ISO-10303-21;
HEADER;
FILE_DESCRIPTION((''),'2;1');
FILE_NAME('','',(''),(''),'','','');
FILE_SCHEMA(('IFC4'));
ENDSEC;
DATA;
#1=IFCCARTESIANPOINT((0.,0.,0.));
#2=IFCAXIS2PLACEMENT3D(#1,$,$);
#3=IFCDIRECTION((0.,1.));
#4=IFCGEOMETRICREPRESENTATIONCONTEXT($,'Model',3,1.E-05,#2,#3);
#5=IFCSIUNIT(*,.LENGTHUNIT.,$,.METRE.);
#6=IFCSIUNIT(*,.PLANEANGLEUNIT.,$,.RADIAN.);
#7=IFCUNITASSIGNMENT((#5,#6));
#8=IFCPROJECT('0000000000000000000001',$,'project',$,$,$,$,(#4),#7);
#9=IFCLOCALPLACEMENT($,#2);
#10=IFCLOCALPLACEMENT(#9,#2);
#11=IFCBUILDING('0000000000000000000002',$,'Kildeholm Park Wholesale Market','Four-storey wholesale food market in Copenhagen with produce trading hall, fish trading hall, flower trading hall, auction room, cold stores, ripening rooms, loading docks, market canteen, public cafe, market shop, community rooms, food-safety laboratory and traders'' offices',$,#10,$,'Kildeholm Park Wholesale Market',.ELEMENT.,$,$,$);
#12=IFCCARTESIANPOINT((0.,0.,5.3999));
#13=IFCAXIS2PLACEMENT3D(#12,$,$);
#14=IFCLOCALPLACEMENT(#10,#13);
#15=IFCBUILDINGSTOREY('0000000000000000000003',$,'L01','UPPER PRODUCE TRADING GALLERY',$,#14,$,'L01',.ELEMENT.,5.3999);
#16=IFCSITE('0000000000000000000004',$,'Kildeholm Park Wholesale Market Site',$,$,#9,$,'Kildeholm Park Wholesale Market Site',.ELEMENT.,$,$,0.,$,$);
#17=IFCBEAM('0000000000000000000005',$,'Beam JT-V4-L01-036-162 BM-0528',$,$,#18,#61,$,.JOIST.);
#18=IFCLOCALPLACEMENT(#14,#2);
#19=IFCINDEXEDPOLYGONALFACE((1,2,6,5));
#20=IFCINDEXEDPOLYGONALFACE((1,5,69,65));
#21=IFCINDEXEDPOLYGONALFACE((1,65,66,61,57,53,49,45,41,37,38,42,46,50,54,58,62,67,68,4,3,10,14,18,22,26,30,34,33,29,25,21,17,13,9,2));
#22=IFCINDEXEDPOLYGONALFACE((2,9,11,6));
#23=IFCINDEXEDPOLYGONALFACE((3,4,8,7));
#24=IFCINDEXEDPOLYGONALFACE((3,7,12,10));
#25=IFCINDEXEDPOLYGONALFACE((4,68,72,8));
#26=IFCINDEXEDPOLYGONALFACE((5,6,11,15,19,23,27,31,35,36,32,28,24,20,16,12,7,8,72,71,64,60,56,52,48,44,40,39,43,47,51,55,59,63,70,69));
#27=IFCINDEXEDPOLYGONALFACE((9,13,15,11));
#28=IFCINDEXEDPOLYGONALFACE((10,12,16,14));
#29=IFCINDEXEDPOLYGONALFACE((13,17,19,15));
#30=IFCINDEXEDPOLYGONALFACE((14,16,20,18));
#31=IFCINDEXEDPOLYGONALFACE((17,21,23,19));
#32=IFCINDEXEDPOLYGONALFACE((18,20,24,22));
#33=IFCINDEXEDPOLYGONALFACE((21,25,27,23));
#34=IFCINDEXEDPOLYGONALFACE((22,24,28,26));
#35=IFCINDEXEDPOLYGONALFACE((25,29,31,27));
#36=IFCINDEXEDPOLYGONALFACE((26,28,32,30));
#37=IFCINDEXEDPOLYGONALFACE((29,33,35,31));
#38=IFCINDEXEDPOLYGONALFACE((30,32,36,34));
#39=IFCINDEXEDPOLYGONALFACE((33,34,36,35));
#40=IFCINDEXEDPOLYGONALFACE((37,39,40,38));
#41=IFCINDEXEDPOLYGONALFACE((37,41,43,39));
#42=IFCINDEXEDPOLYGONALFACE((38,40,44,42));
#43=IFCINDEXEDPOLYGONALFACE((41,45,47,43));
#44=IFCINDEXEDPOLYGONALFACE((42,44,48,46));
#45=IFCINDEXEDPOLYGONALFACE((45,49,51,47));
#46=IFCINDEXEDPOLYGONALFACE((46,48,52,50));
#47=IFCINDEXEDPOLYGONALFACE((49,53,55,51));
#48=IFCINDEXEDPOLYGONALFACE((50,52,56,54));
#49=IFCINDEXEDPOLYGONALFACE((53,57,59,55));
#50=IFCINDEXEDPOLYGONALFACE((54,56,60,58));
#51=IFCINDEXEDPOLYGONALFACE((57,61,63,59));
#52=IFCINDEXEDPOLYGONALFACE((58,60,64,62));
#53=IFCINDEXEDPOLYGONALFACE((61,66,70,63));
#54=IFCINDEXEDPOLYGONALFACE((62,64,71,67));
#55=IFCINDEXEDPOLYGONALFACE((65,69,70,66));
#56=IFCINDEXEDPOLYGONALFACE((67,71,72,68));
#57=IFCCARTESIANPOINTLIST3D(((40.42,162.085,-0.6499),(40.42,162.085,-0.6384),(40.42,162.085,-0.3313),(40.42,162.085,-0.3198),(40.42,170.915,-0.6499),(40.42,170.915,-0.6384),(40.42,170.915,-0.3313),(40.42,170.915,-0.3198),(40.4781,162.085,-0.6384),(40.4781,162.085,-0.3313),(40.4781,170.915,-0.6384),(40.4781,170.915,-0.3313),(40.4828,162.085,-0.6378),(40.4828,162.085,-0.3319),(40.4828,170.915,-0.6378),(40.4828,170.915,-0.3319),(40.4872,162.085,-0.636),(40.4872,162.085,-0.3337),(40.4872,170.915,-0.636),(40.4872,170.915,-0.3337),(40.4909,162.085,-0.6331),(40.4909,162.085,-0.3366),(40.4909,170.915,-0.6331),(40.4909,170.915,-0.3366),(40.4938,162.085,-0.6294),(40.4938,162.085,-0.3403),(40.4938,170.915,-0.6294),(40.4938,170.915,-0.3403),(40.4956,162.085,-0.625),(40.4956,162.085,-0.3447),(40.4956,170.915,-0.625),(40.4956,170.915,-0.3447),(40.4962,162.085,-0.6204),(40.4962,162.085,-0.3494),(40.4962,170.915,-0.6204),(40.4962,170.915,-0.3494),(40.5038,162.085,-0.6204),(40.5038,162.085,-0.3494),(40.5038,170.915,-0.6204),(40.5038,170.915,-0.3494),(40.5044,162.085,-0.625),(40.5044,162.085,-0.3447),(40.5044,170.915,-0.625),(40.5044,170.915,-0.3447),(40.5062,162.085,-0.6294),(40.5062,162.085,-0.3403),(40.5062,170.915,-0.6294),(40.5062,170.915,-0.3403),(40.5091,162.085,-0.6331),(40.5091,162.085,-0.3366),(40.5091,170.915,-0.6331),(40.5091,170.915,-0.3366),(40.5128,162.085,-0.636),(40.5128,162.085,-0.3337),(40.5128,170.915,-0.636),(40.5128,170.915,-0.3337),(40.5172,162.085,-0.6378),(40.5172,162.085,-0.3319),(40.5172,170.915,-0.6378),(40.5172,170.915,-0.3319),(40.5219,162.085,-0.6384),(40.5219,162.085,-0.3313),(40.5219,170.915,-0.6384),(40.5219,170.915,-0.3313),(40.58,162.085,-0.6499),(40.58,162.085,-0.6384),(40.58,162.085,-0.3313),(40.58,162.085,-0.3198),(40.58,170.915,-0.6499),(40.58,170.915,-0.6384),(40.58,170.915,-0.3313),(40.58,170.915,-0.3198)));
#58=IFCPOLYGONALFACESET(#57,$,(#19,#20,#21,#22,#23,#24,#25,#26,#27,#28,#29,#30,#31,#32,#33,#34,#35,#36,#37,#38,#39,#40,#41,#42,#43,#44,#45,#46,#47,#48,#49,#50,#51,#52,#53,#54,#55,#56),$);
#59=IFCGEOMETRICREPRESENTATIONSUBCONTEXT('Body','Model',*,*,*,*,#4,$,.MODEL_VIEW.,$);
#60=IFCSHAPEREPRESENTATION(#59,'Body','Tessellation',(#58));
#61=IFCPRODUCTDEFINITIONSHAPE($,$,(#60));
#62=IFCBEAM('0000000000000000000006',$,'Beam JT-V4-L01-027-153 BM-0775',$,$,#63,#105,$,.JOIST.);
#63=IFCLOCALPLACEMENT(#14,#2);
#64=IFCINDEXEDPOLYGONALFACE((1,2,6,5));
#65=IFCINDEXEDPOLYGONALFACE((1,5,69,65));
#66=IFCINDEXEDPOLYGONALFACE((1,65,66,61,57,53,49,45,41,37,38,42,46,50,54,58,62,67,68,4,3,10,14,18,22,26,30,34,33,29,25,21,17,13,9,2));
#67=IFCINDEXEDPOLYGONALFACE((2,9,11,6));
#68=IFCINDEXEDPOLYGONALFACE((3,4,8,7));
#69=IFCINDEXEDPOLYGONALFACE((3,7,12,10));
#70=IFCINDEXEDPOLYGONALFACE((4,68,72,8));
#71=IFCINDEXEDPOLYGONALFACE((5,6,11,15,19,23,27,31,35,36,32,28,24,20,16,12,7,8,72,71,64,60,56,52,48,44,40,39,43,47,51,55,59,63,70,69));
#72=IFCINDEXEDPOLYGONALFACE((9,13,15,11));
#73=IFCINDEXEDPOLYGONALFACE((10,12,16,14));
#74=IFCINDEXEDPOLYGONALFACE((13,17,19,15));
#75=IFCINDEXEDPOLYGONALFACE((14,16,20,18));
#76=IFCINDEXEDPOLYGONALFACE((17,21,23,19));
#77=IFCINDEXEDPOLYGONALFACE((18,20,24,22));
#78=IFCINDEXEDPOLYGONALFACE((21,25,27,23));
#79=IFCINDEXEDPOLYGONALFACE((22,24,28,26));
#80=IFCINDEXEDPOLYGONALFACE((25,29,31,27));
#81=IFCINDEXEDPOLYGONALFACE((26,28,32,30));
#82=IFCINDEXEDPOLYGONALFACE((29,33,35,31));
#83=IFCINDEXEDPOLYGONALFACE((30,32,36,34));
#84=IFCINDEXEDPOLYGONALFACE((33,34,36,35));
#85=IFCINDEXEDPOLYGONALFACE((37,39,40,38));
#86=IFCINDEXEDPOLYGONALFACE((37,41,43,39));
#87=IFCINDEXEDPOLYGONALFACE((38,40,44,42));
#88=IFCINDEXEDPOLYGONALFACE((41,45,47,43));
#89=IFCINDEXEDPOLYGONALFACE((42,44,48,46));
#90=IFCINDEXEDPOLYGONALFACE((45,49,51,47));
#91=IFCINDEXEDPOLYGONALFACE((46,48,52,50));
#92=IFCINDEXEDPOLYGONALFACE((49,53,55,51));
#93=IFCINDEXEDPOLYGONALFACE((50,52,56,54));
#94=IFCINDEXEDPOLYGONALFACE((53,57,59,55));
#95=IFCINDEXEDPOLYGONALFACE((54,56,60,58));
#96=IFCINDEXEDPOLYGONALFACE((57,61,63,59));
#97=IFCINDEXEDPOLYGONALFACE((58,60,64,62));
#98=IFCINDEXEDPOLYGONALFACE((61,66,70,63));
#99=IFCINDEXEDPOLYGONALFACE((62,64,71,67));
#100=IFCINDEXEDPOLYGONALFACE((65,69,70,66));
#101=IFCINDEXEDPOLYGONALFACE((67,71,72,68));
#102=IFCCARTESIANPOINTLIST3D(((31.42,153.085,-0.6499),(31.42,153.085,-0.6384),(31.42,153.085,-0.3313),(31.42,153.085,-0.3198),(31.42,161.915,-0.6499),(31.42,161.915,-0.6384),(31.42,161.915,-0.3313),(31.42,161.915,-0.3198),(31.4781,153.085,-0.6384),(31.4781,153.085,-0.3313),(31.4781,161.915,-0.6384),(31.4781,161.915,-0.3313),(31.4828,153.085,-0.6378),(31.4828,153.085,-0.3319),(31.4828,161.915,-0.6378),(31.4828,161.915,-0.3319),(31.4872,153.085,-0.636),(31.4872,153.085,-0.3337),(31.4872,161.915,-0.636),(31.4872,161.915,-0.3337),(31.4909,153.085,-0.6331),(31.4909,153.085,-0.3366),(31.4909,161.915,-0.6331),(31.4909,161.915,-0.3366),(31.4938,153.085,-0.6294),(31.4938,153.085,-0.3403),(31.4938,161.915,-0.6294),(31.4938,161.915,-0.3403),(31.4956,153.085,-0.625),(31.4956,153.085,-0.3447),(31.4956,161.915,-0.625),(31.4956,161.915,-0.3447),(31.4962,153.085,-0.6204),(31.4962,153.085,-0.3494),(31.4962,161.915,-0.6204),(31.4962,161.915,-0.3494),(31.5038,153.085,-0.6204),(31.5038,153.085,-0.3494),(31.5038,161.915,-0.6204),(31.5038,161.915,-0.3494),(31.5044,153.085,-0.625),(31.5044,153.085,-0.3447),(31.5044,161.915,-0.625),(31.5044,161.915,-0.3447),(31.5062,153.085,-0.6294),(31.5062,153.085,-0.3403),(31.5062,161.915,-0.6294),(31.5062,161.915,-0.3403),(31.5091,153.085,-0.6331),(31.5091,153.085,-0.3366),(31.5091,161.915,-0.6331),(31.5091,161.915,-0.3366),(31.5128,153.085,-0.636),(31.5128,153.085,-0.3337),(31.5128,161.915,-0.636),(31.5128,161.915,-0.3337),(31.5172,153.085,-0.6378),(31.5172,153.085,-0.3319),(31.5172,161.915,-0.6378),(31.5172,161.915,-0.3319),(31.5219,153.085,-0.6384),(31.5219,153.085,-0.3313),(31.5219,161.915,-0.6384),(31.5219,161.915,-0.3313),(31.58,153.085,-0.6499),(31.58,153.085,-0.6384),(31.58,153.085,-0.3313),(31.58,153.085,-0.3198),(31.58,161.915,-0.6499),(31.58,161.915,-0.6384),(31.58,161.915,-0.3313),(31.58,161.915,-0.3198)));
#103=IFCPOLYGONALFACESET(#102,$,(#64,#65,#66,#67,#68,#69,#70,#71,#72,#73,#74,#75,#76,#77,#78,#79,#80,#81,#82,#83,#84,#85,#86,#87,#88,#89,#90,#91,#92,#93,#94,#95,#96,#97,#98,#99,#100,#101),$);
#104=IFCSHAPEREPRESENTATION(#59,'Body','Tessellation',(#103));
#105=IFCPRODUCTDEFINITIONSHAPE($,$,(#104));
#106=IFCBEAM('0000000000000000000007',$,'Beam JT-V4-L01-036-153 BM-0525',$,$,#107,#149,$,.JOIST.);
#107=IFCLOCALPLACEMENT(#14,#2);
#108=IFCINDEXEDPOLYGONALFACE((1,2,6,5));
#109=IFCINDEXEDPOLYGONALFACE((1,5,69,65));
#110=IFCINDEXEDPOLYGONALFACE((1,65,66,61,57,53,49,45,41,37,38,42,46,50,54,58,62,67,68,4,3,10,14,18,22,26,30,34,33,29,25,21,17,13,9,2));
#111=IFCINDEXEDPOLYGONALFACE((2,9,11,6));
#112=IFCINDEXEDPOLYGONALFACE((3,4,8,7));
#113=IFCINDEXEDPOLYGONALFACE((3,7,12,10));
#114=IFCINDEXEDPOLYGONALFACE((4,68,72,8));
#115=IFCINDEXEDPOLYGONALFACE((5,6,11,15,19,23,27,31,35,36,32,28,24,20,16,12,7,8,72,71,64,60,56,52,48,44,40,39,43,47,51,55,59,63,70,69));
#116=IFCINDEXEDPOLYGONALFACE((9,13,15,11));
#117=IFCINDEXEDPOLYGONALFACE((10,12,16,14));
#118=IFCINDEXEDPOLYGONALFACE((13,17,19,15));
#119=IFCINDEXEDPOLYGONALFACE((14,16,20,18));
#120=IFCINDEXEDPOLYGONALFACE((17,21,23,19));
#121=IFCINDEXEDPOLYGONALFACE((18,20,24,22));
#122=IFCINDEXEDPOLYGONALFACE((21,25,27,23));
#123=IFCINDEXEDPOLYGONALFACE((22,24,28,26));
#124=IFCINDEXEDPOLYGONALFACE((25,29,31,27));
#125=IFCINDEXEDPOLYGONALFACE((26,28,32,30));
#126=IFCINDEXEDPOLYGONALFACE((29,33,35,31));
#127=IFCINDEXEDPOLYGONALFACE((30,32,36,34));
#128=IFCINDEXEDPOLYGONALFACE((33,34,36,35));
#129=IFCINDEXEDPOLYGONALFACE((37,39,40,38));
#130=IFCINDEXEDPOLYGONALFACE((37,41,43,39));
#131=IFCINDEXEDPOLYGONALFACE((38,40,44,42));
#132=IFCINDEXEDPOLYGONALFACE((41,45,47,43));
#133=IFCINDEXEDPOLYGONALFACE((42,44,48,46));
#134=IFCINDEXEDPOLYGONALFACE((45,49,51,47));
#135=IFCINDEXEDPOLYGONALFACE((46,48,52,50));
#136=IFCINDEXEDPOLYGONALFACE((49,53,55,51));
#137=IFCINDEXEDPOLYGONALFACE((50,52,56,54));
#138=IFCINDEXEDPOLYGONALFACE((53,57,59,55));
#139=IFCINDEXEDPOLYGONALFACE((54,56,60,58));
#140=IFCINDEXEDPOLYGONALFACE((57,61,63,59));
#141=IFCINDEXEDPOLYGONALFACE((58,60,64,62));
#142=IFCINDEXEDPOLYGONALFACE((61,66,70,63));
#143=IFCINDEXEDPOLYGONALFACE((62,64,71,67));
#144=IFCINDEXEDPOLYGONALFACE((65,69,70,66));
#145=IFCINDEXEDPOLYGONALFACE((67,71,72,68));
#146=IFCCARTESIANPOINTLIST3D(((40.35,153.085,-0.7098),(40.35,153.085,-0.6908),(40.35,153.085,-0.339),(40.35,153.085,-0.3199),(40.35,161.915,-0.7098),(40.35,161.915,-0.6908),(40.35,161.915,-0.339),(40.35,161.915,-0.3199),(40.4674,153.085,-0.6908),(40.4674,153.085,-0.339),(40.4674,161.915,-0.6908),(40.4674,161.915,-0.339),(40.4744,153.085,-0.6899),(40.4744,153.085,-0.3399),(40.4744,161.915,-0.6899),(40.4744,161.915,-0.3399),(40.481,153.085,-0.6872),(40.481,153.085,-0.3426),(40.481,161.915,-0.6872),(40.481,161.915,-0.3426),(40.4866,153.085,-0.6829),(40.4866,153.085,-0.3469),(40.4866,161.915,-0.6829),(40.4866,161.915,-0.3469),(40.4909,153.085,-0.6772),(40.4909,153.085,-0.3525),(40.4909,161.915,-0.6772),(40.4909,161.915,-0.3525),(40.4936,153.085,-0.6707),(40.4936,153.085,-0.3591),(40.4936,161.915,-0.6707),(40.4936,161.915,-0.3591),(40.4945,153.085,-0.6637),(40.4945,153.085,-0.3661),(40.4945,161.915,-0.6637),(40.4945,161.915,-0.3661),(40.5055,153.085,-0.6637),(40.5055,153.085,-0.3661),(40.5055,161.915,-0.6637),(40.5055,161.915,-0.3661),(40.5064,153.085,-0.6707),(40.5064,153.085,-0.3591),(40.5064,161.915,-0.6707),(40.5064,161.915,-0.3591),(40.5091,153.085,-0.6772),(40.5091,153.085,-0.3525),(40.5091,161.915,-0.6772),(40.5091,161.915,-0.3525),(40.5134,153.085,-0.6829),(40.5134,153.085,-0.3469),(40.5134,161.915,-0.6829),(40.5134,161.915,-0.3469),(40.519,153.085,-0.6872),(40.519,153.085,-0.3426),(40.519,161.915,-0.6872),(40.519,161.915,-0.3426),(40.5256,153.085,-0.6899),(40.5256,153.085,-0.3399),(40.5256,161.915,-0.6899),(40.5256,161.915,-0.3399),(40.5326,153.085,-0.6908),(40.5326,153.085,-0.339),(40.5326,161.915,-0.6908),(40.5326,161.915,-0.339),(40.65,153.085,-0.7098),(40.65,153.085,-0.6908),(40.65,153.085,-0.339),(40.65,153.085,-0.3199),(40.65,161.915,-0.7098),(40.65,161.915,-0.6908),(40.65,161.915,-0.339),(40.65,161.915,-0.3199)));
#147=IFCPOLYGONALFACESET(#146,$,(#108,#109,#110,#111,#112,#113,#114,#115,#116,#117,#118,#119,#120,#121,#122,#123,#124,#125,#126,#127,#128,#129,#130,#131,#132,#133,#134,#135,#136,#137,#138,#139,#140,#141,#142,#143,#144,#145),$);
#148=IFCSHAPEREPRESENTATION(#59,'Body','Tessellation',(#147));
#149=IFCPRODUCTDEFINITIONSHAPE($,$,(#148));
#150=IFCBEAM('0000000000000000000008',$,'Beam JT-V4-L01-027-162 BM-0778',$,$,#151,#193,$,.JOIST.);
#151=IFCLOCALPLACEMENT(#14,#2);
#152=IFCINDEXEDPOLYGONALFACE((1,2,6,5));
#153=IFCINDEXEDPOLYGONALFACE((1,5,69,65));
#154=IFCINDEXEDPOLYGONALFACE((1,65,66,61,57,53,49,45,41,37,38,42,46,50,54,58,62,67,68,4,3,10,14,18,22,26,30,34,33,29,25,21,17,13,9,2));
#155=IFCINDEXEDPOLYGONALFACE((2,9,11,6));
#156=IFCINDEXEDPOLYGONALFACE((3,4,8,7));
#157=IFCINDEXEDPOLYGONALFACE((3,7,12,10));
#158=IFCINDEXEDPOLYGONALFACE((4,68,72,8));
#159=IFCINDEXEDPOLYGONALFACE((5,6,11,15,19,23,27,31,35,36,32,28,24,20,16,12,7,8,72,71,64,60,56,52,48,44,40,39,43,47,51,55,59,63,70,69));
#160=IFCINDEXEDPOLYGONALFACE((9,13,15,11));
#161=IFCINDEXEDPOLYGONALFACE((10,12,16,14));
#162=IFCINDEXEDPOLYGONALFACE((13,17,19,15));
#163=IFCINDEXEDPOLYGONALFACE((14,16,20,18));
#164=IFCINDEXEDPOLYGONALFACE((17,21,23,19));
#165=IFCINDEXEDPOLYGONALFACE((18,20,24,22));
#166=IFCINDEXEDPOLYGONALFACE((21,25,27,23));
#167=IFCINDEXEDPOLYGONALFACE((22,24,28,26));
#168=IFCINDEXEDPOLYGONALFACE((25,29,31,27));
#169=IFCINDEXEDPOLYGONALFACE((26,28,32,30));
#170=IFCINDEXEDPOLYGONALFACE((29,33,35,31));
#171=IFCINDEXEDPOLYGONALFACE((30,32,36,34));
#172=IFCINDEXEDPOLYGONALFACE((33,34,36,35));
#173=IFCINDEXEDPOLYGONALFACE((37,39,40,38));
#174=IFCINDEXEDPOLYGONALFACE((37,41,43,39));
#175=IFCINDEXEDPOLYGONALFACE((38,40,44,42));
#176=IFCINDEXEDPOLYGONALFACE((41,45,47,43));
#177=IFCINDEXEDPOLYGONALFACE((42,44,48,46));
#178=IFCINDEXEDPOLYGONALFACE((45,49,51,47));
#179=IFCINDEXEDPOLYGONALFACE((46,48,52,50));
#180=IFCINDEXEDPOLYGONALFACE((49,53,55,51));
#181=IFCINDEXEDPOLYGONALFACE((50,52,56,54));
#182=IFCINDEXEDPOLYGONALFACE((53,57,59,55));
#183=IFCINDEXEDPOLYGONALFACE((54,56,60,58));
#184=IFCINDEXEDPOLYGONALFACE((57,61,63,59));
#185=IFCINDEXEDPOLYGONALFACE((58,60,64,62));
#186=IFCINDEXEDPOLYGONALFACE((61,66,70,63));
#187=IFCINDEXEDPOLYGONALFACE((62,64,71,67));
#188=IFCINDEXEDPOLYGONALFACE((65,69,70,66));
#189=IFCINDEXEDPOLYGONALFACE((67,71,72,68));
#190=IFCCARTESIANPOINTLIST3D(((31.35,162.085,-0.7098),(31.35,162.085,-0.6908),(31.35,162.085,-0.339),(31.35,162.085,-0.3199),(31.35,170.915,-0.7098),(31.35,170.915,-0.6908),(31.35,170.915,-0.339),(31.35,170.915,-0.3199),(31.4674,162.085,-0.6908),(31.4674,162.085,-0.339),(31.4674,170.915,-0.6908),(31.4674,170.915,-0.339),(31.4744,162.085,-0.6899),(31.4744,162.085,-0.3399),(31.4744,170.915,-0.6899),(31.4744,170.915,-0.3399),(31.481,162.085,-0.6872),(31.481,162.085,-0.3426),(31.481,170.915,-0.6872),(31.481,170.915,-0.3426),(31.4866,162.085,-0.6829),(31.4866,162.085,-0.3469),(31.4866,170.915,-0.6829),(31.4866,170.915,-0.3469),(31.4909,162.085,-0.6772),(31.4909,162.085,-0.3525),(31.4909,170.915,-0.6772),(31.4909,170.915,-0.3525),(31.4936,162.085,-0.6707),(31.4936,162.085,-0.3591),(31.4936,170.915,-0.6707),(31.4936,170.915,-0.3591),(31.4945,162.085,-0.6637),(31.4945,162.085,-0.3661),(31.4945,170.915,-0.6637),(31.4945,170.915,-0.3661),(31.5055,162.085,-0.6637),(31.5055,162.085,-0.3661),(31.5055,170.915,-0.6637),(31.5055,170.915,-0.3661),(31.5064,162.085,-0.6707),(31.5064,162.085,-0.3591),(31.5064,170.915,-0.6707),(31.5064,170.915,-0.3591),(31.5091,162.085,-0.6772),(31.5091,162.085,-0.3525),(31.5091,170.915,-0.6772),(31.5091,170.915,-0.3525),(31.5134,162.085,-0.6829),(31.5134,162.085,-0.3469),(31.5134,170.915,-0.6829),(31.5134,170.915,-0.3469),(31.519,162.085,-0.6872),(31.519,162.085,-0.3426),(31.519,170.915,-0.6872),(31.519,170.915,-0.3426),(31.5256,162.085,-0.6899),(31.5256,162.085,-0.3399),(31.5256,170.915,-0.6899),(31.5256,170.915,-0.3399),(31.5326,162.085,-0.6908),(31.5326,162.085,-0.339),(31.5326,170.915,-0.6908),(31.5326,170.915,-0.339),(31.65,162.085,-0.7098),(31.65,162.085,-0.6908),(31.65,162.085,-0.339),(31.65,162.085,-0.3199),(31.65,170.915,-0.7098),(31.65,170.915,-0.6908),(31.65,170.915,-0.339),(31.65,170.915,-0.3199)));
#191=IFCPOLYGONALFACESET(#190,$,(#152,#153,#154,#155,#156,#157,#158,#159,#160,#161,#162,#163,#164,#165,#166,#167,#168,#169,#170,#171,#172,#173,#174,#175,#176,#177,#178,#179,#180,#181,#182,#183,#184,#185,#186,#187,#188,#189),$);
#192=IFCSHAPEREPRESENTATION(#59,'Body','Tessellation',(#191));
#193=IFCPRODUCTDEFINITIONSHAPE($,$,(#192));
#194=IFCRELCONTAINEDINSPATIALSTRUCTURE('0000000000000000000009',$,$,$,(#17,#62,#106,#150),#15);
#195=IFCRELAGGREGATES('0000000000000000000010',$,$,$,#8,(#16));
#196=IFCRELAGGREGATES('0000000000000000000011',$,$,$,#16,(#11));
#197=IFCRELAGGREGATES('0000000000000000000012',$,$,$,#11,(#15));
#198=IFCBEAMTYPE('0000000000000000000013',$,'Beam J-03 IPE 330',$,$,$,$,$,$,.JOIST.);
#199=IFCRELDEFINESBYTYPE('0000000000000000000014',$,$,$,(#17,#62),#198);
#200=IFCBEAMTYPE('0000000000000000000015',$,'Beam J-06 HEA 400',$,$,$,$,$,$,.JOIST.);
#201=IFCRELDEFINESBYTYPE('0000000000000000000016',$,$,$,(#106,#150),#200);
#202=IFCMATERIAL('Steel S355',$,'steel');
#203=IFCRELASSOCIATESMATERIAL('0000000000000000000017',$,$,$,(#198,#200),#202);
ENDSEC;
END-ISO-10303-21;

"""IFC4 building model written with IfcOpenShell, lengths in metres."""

from ifc_helpers import new_model, si_unit, direction, frame, origin, origin_2d, place, context, subcontext, project, spatial, i_section, extrude, material, material_profile, profile_set, type_object, element, save


model = new_model("IFC4")

# Units and contexts
model_context = context("Model", 3, precision=1e-05, world=origin(), true_north=direction((0.0, 1.0)))
body_context = subcontext(model_context, "Body", "Model", "MODEL_VIEW")
ifc_project = project(units=[si_unit("LENGTHUNIT", "METRE"), si_unit("PLANEANGLEUNIT", "RADIAN")], contexts=[model_context])

# Site, building, storey
site_placement = place(None, origin())
site = spatial("IfcSite", under=ifc_project, at=site_placement, Name="Kildeholm Park Wholesale Market Site", LongName="Kildeholm Park Wholesale Market Site", CompositionType="ELEMENT", RefElevation=0.0)
building_placement = place(site_placement, origin())
building = spatial("IfcBuilding", under=site, at=building_placement, Name="Kildeholm Park Wholesale Market", Description="Four-storey wholesale food market in Copenhagen with produce trading hall, fish trading hall, flower trading hall, auction room, cold stores, ripening rooms, loading docks, market canteen, public cafe, market shop, community rooms, food-safety laboratory and traders' offices", LongName="Kildeholm Park Wholesale Market", CompositionType="ELEMENT")
storey_placement = place(building_placement, frame((0.0, 0.0, 5.3999)))
storey = spatial("IfcBuildingStorey", under=building, at=storey_placement, Name="L01", Description="UPPER PRODUCE TRADING GALLERY", LongName="L01", CompositionType="ELEMENT", Elevation=5.3999)

# Beams
ifc_material_1 = material(Name="Steel S355", Category="steel")
ifc_material_profile_1 = material_profile(ifc_material_1, i_section(OverallWidth=0.1599, OverallDepth=0.3301, WebThickness=0.0076, FlangeThickness=0.0115, FilletRadius=0.0181, at=origin_2d()), Name="IPE 330")
ifc_profile_set_1 = profile_set([ifc_material_profile_1], Name="Steel S355")
beam_type_1 = type_object("IfcBeamType", Name="Beam J-03 IPE 330", PredefinedType="JOIST", material=ifc_profile_set_1)
for number, where, z_axis, x_axis, name in (
    (1, (40.5, 162.085, -0.4849), (0.0, 1.0, 0.0), (-1.0, 0.0, 0.0), "Beam JT-V4-L01-036-162 BM-0528"),
    (2, (31.5, 153.085, -0.4849), (0.0, 1.0, 0.0), (-1.0, 0.0, 0.0), "Beam JT-V4-L01-027-153 BM-0775"),
):
    element("IfcBeam", number, at=place(storey_placement, frame(where, z_axis=z_axis, x_axis=x_axis)), inside=storey, type_object=beam_type_1, Name=name, PredefinedType="JOIST", context=body_context, shape_type="SweptSolid", body=[
        extrude(i_section(OverallWidth=0.1599, OverallDepth=0.3301, WebThickness=0.0076, FlangeThickness=0.0115, FilletRadius=0.0181, at=origin_2d()), origin(), (0.0, 0.0, 1.0), 8.8301),
    ])
ifc_material_profile_2 = material_profile(ifc_material_1, i_section(OverallWidth=0.3, OverallDepth=0.3899, WebThickness=0.011, FlangeThickness=0.019, FilletRadius=0.0271, at=origin_2d()), Name="HEA 400")
ifc_profile_set_2 = profile_set([ifc_material_profile_2], Name="Steel S355")
beam_type_2 = type_object("IfcBeamType", Name="Beam J-06 HEA 400", PredefinedType="JOIST", material=ifc_profile_set_2)
for number, where, z_axis, x_axis, name in (
    (3, (40.5, 153.085, -0.5149), (0.0, 1.0, 0.0), (-1.0, 0.0, 0.0), "Beam JT-V4-L01-036-153 BM-0525"),
    (4, (31.5, 162.085, -0.5149), (0.0, 1.0, 0.0), (-1.0, 0.0, 0.0), "Beam JT-V4-L01-027-162 BM-0778"),
):
    element("IfcBeam", number, at=place(storey_placement, frame(where, z_axis=z_axis, x_axis=x_axis)), inside=storey, type_object=beam_type_2, Name=name, PredefinedType="JOIST", context=body_context, shape_type="SweptSolid", body=[
        extrude(i_section(OverallWidth=0.3, OverallDepth=0.3899, WebThickness=0.011, FlangeThickness=0.019, FilletRadius=0.0271, at=origin_2d()), origin(), (0.0, 0.0, 1.0), 8.8301),
    ])

save(model, "model.ifc")
